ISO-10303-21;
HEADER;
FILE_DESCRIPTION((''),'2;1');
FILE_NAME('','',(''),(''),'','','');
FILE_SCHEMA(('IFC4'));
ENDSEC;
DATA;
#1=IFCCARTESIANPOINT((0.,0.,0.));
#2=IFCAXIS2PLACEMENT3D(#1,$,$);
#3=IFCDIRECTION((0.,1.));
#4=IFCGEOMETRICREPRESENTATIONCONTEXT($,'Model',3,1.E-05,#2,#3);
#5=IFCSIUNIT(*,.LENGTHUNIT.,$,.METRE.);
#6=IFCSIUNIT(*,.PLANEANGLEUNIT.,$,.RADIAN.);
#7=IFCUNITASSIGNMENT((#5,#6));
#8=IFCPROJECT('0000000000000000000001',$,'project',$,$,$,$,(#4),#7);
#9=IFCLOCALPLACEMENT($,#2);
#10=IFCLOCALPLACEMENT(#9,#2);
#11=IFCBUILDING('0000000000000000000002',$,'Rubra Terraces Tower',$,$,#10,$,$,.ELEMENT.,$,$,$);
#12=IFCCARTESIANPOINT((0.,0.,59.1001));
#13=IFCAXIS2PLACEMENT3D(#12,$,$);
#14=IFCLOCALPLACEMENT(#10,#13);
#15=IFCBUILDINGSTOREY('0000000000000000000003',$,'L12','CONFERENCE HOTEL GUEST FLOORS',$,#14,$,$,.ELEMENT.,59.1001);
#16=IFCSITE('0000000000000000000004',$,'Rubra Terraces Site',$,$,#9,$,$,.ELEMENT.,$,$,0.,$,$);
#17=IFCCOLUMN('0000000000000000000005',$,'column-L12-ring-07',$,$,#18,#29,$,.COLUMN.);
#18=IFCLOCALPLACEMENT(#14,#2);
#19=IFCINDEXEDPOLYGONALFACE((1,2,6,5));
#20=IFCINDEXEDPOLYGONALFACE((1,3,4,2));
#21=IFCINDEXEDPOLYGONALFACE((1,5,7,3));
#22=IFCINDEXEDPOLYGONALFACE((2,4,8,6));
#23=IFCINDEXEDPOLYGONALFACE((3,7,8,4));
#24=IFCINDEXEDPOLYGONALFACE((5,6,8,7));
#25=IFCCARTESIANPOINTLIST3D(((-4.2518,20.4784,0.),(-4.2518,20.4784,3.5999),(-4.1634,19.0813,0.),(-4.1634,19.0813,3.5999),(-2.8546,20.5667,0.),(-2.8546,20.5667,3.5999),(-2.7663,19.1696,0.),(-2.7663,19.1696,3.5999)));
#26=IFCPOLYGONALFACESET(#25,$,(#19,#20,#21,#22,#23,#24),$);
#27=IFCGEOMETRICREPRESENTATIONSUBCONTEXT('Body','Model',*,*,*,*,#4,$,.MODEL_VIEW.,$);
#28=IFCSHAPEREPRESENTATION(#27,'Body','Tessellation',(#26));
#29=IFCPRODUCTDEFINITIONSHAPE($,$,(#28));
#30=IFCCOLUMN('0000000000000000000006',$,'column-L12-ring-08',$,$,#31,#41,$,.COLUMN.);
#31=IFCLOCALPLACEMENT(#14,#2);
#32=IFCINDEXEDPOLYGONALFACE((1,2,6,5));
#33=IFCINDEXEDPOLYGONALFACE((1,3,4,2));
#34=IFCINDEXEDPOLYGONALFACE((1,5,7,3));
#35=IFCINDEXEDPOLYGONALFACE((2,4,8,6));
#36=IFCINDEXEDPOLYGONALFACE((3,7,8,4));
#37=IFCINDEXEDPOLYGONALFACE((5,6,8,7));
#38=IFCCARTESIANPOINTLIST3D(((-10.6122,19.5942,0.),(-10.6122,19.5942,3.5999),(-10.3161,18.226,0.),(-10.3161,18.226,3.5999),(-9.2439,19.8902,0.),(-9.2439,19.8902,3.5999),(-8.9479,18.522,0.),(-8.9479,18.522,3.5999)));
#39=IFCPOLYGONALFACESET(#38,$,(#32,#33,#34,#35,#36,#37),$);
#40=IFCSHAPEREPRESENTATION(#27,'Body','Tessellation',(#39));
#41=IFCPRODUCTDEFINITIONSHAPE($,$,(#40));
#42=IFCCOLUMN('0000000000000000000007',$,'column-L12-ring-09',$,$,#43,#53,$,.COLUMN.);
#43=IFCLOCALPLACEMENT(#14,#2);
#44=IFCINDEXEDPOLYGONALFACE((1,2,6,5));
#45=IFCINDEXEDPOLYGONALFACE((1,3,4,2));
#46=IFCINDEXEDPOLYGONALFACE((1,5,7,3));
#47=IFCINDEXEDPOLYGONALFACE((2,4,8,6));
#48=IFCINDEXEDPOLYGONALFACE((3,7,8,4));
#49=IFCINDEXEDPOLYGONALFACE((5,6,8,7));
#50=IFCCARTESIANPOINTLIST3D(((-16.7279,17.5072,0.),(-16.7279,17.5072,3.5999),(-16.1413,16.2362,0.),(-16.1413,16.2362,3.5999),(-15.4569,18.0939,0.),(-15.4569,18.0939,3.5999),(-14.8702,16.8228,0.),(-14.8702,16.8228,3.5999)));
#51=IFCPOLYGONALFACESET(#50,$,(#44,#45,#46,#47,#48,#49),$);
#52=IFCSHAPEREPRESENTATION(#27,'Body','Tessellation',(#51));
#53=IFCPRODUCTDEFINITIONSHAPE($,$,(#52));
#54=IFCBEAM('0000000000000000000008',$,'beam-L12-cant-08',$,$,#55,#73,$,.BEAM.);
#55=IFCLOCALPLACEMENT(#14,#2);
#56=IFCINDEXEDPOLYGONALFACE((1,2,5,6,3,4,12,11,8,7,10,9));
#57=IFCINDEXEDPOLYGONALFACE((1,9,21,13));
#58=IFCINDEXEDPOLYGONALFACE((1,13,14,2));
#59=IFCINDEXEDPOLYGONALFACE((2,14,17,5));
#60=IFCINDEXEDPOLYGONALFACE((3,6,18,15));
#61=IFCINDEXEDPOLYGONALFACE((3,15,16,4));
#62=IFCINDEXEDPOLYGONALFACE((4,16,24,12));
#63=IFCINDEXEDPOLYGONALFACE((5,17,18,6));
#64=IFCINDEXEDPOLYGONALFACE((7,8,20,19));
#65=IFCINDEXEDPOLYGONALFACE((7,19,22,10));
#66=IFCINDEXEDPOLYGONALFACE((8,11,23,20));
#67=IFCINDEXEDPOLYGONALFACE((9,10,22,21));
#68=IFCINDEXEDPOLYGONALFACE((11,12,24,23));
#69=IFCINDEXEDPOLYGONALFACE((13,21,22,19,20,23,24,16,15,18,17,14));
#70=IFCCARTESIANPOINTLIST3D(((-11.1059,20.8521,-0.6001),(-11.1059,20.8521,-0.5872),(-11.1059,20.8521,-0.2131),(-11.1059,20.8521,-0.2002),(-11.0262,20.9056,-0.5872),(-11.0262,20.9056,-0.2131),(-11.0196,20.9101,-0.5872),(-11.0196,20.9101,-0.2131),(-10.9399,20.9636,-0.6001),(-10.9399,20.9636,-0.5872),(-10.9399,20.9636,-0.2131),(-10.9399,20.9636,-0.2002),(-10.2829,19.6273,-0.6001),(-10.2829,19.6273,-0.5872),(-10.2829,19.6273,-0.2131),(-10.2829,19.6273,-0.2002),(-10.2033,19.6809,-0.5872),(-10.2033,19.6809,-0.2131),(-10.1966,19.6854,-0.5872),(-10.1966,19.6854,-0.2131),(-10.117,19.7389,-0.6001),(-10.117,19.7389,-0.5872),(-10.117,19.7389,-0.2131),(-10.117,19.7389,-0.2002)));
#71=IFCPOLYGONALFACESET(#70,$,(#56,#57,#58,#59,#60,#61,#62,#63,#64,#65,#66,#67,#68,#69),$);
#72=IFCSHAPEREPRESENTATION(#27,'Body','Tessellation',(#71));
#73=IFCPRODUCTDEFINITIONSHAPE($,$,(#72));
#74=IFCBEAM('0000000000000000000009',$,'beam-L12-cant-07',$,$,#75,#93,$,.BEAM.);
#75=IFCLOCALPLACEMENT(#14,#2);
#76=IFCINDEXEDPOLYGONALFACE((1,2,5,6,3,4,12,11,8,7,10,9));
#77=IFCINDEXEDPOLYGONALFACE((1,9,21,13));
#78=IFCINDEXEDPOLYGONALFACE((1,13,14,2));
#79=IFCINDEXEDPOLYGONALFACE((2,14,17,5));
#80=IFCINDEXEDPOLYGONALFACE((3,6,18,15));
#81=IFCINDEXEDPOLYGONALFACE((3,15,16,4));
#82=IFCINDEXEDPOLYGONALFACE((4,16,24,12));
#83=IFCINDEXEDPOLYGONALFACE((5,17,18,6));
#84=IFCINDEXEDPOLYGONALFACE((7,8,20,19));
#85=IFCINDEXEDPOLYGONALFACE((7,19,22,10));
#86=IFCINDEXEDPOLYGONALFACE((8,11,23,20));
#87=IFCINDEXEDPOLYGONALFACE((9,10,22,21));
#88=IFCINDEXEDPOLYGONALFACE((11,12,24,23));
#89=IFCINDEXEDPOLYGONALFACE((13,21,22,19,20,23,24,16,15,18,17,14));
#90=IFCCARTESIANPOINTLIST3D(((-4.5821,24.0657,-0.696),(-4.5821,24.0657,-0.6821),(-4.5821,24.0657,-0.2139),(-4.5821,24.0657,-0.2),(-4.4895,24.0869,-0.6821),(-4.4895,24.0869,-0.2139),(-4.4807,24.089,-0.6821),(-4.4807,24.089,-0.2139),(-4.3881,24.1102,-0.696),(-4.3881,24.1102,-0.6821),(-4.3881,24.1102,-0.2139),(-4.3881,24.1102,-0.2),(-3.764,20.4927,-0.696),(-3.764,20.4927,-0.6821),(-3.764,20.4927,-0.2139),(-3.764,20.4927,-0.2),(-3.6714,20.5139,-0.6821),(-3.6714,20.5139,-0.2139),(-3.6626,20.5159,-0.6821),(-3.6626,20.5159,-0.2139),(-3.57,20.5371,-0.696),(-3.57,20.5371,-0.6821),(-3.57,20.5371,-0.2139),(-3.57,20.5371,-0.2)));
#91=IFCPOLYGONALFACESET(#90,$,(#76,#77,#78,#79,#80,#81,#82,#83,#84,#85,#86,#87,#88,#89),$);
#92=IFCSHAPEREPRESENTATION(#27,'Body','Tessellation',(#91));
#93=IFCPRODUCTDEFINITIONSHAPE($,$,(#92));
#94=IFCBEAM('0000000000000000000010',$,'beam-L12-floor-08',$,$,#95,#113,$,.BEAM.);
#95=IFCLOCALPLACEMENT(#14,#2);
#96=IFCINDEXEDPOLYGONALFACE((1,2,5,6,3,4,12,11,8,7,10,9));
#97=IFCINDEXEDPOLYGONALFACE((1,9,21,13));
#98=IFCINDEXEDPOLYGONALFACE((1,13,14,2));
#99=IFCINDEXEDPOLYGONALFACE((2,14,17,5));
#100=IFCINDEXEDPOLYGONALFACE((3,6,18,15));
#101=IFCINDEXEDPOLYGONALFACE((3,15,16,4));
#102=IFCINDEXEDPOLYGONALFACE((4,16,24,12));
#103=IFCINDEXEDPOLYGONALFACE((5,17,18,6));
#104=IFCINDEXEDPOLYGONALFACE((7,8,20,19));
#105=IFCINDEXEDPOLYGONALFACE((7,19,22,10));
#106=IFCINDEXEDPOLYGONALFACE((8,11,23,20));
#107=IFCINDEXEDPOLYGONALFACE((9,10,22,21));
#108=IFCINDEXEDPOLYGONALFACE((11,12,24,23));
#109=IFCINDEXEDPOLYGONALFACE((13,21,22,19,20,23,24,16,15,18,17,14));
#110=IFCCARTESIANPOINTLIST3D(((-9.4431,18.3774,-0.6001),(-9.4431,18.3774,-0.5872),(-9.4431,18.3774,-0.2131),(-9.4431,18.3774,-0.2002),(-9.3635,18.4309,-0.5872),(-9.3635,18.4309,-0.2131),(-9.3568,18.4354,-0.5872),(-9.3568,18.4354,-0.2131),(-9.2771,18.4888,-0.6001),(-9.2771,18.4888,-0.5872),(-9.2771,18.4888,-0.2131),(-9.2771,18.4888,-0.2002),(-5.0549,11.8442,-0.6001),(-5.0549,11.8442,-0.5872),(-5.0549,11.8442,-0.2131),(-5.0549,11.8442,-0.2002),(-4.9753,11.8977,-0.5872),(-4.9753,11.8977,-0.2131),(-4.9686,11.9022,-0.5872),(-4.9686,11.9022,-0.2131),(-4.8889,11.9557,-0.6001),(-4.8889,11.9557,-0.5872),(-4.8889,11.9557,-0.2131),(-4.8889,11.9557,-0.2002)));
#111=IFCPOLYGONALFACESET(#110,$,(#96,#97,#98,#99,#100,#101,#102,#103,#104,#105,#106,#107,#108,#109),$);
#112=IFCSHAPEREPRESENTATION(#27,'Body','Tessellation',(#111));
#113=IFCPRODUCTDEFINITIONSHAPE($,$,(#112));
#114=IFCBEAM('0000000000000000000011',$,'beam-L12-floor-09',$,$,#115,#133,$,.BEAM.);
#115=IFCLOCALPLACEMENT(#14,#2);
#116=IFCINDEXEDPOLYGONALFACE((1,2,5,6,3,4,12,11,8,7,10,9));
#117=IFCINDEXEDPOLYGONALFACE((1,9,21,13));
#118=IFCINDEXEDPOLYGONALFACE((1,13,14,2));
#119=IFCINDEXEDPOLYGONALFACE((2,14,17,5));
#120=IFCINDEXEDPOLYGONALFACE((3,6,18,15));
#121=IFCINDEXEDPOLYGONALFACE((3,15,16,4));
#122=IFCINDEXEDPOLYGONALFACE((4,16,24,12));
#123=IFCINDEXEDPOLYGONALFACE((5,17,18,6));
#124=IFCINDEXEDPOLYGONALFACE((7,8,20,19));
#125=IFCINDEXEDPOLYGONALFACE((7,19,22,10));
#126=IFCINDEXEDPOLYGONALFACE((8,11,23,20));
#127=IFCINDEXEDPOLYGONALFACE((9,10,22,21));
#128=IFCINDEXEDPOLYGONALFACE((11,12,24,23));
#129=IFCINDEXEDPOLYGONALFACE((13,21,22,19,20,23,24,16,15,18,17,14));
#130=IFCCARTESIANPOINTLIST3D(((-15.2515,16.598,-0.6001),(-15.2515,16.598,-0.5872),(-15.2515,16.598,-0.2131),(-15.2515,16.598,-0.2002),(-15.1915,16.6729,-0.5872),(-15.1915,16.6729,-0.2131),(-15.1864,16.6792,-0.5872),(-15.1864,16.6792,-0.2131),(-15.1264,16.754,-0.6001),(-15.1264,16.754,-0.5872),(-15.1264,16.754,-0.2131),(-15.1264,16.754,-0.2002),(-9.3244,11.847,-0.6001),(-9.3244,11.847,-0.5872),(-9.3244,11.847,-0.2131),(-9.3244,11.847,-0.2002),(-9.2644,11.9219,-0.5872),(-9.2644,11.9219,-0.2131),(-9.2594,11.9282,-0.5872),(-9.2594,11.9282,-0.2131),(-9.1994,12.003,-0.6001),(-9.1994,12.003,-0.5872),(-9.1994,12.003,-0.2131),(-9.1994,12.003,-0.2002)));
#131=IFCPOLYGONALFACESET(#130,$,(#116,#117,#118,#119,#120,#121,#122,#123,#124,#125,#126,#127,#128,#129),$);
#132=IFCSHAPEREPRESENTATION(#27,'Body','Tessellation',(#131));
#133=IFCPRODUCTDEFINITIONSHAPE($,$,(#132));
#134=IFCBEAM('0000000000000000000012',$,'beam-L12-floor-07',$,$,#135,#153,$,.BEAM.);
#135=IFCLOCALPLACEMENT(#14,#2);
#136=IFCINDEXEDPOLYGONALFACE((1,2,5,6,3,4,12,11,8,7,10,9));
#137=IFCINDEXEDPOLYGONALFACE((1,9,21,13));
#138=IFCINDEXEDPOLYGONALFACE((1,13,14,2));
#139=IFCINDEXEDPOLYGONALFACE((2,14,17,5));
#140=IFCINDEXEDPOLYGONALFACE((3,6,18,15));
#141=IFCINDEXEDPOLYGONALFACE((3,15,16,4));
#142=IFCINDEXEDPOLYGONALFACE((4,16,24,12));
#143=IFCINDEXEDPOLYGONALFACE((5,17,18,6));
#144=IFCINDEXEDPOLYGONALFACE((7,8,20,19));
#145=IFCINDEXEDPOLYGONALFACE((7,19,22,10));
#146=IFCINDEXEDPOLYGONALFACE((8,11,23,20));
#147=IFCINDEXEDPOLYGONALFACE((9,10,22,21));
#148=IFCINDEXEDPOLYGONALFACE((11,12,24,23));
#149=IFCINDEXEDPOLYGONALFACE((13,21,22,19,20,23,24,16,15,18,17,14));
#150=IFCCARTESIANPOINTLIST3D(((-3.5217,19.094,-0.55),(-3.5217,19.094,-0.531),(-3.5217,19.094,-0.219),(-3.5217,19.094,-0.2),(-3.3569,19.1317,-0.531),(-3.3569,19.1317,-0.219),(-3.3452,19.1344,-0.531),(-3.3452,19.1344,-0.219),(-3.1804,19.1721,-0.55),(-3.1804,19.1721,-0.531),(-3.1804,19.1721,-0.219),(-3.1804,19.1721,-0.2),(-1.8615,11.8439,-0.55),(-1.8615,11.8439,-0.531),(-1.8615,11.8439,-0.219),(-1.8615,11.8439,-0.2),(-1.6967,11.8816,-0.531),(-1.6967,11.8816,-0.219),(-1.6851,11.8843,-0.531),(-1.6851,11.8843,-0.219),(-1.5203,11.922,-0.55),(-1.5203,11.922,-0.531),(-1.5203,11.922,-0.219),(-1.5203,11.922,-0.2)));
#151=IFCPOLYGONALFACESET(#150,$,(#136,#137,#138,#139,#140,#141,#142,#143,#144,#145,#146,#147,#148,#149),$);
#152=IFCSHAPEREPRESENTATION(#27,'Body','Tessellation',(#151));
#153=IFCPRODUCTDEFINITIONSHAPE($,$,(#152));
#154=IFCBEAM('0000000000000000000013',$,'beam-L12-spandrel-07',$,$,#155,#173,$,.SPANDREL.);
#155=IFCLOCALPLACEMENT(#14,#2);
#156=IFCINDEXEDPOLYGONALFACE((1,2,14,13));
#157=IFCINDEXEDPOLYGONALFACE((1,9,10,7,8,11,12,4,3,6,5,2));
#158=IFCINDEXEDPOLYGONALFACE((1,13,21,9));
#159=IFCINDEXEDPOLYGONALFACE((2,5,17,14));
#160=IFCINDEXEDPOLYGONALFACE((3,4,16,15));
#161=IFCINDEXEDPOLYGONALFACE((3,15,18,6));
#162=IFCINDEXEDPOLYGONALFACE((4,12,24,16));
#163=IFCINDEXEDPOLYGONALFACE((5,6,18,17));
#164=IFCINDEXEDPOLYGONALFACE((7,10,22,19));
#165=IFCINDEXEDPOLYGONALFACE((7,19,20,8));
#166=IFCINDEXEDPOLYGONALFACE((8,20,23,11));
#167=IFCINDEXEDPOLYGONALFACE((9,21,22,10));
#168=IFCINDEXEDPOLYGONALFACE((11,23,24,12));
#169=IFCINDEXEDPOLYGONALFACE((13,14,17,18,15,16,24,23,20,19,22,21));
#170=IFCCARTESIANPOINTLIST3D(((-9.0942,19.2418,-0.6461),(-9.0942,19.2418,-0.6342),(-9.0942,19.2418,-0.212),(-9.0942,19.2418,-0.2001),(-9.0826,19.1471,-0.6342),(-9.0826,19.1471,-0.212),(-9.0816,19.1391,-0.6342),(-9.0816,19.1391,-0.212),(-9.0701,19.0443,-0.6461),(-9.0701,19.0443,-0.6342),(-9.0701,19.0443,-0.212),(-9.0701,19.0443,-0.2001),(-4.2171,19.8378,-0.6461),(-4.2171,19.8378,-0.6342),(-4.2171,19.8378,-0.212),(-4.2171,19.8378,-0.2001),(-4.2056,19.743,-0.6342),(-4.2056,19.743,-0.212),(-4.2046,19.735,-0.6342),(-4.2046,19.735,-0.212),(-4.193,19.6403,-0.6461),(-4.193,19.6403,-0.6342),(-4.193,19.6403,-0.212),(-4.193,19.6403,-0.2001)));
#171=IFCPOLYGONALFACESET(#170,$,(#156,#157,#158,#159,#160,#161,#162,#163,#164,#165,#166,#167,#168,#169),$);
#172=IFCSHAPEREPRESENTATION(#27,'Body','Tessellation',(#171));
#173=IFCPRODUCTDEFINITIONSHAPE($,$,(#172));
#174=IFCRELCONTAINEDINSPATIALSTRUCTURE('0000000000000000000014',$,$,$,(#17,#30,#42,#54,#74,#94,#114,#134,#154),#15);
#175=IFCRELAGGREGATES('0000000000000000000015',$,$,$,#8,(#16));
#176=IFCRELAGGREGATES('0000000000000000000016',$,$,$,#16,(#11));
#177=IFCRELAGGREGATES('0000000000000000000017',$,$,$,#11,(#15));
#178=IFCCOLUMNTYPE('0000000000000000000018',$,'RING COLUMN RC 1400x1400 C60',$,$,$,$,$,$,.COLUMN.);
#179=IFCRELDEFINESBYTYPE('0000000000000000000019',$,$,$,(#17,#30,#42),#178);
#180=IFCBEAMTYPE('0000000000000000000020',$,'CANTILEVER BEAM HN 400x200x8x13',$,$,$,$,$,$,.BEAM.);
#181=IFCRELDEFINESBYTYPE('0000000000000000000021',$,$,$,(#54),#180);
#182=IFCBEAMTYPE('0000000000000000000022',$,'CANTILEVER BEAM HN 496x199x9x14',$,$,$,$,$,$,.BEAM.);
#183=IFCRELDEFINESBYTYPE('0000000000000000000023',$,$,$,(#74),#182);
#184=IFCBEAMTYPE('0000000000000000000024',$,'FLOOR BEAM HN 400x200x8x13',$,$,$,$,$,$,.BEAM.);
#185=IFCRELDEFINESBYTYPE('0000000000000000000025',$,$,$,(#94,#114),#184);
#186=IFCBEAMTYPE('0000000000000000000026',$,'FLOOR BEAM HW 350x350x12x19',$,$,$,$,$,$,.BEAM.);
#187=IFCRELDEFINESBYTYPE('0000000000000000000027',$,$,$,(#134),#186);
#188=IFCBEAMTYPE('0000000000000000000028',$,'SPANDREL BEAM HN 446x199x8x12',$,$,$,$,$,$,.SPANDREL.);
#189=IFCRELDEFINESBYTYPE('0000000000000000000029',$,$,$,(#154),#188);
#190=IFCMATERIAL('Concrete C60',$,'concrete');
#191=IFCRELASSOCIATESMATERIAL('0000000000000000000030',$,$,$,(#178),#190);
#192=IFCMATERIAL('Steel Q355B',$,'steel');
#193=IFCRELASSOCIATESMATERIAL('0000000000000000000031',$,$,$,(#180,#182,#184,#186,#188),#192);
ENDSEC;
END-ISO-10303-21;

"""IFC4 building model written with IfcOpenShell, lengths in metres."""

from ifc_helpers import new_model, si_unit, direction, frame, origin, origin_2d, place, context, subcontext, project, spatial, rectangle, i_section, extrude, material, material_profile, profile_set, type_object, element, save


model = new_model("IFC4")

# Units and contexts
model_context = context("Model", 3, precision=1e-05, world=origin(), true_north=direction((0.0, 1.0)))
body_context = subcontext(model_context, "Body", "Model", "MODEL_VIEW")
ifc_project = project(units=[si_unit("LENGTHUNIT", "METRE"), si_unit("PLANEANGLEUNIT", "RADIAN")], contexts=[model_context])

# Site, building, storey
site_placement = place(None, origin())
site = spatial("IfcSite", under=ifc_project, at=site_placement, Name="Rubra Terraces Site", CompositionType="ELEMENT", RefElevation=0.0)
building_placement = place(site_placement, origin())
building = spatial("IfcBuilding", under=site, at=building_placement, Name="Rubra Terraces Tower", CompositionType="ELEMENT")
storey_placement = place(building_placement, frame((0.0, 0.0, 59.1001)))
storey = spatial("IfcBuildingStorey", under=building, at=storey_placement, Name="L12", Description="CONFERENCE HOTEL GUEST FLOORS", CompositionType="ELEMENT", Elevation=59.1001)

# Columns
ifc_material_1 = material(Name="Concrete C60", Category="concrete")
ifc_material_profile_1 = material_profile(ifc_material_1, rectangle(XDim=1.3999, YDim=1.3999, at=origin_2d()), Name="RC 1400x1400")
ifc_profile_set_1 = profile_set([ifc_material_profile_1], Name="Concrete C60")
column_type = type_object("IfcColumnType", Name="RING COLUMN RC 1400x1400 C60", PredefinedType="COLUMN", material=ifc_profile_set_1)
for number, where, z_axis, x_axis, name in (
    (1, (-3.509, 19.824, 0.0), (0.0, 0.0, 1.0), (-0.998008, -0.063094, 0.0), "column-L12-ring-07"),
    (2, (-9.78, 19.0581, 0.0), (0.0, 0.0, 1.0), (-0.977386, -0.211462, 0.0), "column-L12-ring-08"),
    (3, (-15.7991, 17.165, 0.0), (0.0, 0.0, 1.0), (-0.907952, -0.419073, 0.0), "column-L12-ring-09"),
):
    element("IfcColumn", number, at=place(storey_placement, frame(where, z_axis=z_axis, x_axis=x_axis)), inside=storey, type_object=column_type, Name=name, PredefinedType="COLUMN", context=body_context, shape_type="SweptSolid", body=[
        extrude(rectangle(XDim=1.3999, YDim=1.3999, at=origin_2d()), origin(), (0.0, 0.0, 1.0), 3.5999),
    ])

# Beams
ifc_material_2 = material(Name="Steel Q355B", Category="steel")
ifc_material_profile_2 = material_profile(ifc_material_2, i_section(OverallWidth=0.2, OverallDepth=0.3999, WebThickness=0.0081, FlangeThickness=0.0129, at=origin_2d()), Name="HN 400x200x8x13")
ifc_profile_set_2 = profile_set([ifc_material_profile_2], Name="Steel Q355B")
beam_type_1 = type_object("IfcBeamType", Name="CANTILEVER BEAM HN 400x200x8x13", PredefinedType="BEAM", material=ifc_profile_set_2)
beam_1_placement = place(storey_placement, frame((-10.2, 19.6831, -0.4001), z_axis=(-0.557713, 0.830034, 0.0), x_axis=(-0.830034, -0.557713, 0.0)))
element("IfcBeam", 4, at=beam_1_placement, inside=storey, type_object=beam_type_1, Name="beam-L12-cant-08", PredefinedType="BEAM", context=body_context, shape_type="SweptSolid", body=[
    extrude(i_section(OverallWidth=0.2, OverallDepth=0.3999, WebThickness=0.0081, FlangeThickness=0.0129, at=origin_2d()), origin(), (0.0, 0.0, 1.0), 1.4756),
])
ifc_material_profile_3 = material_profile(ifc_material_2, i_section(OverallWidth=0.199, OverallDepth=0.4961, WebThickness=0.009, FlangeThickness=0.0139, at=origin_2d()), Name="HN 496x199x9x14")
ifc_profile_set_3 = profile_set([ifc_material_profile_3], Name="Steel Q355B")
beam_type_2 = type_object("IfcBeamType", Name="CANTILEVER BEAM HN 496x199x9x14", PredefinedType="BEAM", material=ifc_profile_set_3)
beam_2_placement = place(storey_placement, frame((-3.667, 20.5149, -0.448), z_axis=(-0.223196, 0.974774, 0.0), x_axis=(-0.974774, -0.223196, 0.0)))
element("IfcBeam", 5, at=beam_2_placement, inside=storey, type_object=beam_type_2, Name="beam-L12-cant-07", PredefinedType="BEAM", context=body_context, shape_type="SweptSolid", body=[
    extrude(i_section(OverallWidth=0.199, OverallDepth=0.4961, WebThickness=0.009, FlangeThickness=0.0139, at=origin_2d()), origin(), (0.0, 0.0, 1.0), 3.6655),
])
ifc_material_profile_4 = material_profile(ifc_material_2, i_section(OverallWidth=0.2, OverallDepth=0.3999, WebThickness=0.0081, FlangeThickness=0.0129, at=origin_2d()), Name="HN 400x200x8x13")
ifc_profile_set_4 = profile_set([ifc_material_profile_4], Name="Steel Q355B")
beam_type_3 = type_object("IfcBeamType", Name="FLOOR BEAM HN 400x200x8x13", PredefinedType="BEAM", material=ifc_profile_set_4)
beam_3_placement = place(storey_placement, frame((-9.3601, 18.4331, -0.4001), z_axis=(0.557575, -0.830127, 0.0), x_axis=(0.830127, 0.557575, 0.0)))
element("IfcBeam", 6, at=beam_3_placement, inside=storey, type_object=beam_type_3, Name="beam-L12-floor-08", PredefinedType="BEAM", context=body_context, shape_type="SweptSolid", body=[
    extrude(i_section(OverallWidth=0.2, OverallDepth=0.3999, WebThickness=0.0081, FlangeThickness=0.0129, at=origin_2d()), origin(), (0.0, 0.0, 1.0), 7.8701),
])
beam_4_placement = place(storey_placement, frame((-15.189, 16.676, -0.4001), z_axis=(0.780266, -0.625447, 0.0), x_axis=(0.625447, 0.780266, 0.0)))
element("IfcBeam", 7, at=beam_4_placement, inside=storey, type_object=beam_type_3, Name="beam-L12-floor-09", PredefinedType="BEAM", context=body_context, shape_type="SweptSolid", body=[
    extrude(i_section(OverallWidth=0.2, OverallDepth=0.3999, WebThickness=0.0081, FlangeThickness=0.0129, at=origin_2d()), origin(), (0.0, 0.0, 1.0), 7.5962),
])
ifc_material_profile_5 = material_profile(ifc_material_2, i_section(OverallWidth=0.3501, OverallDepth=0.3501, WebThickness=0.012, FlangeThickness=0.019, at=origin_2d()), Name="HW 350x350x12x19")
ifc_profile_set_5 = profile_set([ifc_material_profile_5], Name="Steel Q355B")
beam_type_4 = type_object("IfcBeamType", Name="FLOOR BEAM HW 350x350x12x19", PredefinedType="BEAM", material=ifc_profile_set_5)
beam_5_placement = place(storey_placement, frame((-3.3511, 19.1331, -0.375), z_axis=(0.22321, -0.97477, 0.0), x_axis=(0.97477, 0.22321, 0.0)))
element("IfcBeam", 8, at=beam_5_placement, inside=storey, type_object=beam_type_4, Name="beam-L12-floor-07", PredefinedType="BEAM", context=body_context, shape_type="SweptSolid", body=[
    extrude(i_section(OverallWidth=0.3501, OverallDepth=0.3501, WebThickness=0.012, FlangeThickness=0.019, at=origin_2d()), origin(), (0.0, 0.0, 1.0), 7.4377),
])
ifc_material_profile_6 = material_profile(ifc_material_2, i_section(OverallWidth=0.199, OverallDepth=0.446, WebThickness=0.0081, FlangeThickness=0.012, at=origin_2d()), Name="HN 446x199x8x12")
ifc_profile_set_6 = profile_set([ifc_material_profile_6], Name="Steel Q355B")
beam_type_5 = type_object("IfcBeamType", Name="SPANDREL BEAM HN 446x199x8x12", PredefinedType="SPANDREL", material=ifc_profile_set_6)
beam_6_placement = place(storey_placement, frame((-4.2051, 19.739, -0.4231), z_axis=(-0.992617, -0.121294, 0.0), x_axis=(0.121294, -0.992617, 0.0)))
element("IfcBeam", 9, at=beam_6_placement, inside=storey, type_object=beam_type_5, Name="beam-L12-spandrel-07", PredefinedType="SPANDREL", context=body_context, shape_type="SweptSolid", body=[
    extrude(i_section(OverallWidth=0.199, OverallDepth=0.446, WebThickness=0.0081, FlangeThickness=0.012, at=origin_2d()), origin(), (0.0, 0.0, 1.0), 4.9133),
])

save(model, "model.ifc")
